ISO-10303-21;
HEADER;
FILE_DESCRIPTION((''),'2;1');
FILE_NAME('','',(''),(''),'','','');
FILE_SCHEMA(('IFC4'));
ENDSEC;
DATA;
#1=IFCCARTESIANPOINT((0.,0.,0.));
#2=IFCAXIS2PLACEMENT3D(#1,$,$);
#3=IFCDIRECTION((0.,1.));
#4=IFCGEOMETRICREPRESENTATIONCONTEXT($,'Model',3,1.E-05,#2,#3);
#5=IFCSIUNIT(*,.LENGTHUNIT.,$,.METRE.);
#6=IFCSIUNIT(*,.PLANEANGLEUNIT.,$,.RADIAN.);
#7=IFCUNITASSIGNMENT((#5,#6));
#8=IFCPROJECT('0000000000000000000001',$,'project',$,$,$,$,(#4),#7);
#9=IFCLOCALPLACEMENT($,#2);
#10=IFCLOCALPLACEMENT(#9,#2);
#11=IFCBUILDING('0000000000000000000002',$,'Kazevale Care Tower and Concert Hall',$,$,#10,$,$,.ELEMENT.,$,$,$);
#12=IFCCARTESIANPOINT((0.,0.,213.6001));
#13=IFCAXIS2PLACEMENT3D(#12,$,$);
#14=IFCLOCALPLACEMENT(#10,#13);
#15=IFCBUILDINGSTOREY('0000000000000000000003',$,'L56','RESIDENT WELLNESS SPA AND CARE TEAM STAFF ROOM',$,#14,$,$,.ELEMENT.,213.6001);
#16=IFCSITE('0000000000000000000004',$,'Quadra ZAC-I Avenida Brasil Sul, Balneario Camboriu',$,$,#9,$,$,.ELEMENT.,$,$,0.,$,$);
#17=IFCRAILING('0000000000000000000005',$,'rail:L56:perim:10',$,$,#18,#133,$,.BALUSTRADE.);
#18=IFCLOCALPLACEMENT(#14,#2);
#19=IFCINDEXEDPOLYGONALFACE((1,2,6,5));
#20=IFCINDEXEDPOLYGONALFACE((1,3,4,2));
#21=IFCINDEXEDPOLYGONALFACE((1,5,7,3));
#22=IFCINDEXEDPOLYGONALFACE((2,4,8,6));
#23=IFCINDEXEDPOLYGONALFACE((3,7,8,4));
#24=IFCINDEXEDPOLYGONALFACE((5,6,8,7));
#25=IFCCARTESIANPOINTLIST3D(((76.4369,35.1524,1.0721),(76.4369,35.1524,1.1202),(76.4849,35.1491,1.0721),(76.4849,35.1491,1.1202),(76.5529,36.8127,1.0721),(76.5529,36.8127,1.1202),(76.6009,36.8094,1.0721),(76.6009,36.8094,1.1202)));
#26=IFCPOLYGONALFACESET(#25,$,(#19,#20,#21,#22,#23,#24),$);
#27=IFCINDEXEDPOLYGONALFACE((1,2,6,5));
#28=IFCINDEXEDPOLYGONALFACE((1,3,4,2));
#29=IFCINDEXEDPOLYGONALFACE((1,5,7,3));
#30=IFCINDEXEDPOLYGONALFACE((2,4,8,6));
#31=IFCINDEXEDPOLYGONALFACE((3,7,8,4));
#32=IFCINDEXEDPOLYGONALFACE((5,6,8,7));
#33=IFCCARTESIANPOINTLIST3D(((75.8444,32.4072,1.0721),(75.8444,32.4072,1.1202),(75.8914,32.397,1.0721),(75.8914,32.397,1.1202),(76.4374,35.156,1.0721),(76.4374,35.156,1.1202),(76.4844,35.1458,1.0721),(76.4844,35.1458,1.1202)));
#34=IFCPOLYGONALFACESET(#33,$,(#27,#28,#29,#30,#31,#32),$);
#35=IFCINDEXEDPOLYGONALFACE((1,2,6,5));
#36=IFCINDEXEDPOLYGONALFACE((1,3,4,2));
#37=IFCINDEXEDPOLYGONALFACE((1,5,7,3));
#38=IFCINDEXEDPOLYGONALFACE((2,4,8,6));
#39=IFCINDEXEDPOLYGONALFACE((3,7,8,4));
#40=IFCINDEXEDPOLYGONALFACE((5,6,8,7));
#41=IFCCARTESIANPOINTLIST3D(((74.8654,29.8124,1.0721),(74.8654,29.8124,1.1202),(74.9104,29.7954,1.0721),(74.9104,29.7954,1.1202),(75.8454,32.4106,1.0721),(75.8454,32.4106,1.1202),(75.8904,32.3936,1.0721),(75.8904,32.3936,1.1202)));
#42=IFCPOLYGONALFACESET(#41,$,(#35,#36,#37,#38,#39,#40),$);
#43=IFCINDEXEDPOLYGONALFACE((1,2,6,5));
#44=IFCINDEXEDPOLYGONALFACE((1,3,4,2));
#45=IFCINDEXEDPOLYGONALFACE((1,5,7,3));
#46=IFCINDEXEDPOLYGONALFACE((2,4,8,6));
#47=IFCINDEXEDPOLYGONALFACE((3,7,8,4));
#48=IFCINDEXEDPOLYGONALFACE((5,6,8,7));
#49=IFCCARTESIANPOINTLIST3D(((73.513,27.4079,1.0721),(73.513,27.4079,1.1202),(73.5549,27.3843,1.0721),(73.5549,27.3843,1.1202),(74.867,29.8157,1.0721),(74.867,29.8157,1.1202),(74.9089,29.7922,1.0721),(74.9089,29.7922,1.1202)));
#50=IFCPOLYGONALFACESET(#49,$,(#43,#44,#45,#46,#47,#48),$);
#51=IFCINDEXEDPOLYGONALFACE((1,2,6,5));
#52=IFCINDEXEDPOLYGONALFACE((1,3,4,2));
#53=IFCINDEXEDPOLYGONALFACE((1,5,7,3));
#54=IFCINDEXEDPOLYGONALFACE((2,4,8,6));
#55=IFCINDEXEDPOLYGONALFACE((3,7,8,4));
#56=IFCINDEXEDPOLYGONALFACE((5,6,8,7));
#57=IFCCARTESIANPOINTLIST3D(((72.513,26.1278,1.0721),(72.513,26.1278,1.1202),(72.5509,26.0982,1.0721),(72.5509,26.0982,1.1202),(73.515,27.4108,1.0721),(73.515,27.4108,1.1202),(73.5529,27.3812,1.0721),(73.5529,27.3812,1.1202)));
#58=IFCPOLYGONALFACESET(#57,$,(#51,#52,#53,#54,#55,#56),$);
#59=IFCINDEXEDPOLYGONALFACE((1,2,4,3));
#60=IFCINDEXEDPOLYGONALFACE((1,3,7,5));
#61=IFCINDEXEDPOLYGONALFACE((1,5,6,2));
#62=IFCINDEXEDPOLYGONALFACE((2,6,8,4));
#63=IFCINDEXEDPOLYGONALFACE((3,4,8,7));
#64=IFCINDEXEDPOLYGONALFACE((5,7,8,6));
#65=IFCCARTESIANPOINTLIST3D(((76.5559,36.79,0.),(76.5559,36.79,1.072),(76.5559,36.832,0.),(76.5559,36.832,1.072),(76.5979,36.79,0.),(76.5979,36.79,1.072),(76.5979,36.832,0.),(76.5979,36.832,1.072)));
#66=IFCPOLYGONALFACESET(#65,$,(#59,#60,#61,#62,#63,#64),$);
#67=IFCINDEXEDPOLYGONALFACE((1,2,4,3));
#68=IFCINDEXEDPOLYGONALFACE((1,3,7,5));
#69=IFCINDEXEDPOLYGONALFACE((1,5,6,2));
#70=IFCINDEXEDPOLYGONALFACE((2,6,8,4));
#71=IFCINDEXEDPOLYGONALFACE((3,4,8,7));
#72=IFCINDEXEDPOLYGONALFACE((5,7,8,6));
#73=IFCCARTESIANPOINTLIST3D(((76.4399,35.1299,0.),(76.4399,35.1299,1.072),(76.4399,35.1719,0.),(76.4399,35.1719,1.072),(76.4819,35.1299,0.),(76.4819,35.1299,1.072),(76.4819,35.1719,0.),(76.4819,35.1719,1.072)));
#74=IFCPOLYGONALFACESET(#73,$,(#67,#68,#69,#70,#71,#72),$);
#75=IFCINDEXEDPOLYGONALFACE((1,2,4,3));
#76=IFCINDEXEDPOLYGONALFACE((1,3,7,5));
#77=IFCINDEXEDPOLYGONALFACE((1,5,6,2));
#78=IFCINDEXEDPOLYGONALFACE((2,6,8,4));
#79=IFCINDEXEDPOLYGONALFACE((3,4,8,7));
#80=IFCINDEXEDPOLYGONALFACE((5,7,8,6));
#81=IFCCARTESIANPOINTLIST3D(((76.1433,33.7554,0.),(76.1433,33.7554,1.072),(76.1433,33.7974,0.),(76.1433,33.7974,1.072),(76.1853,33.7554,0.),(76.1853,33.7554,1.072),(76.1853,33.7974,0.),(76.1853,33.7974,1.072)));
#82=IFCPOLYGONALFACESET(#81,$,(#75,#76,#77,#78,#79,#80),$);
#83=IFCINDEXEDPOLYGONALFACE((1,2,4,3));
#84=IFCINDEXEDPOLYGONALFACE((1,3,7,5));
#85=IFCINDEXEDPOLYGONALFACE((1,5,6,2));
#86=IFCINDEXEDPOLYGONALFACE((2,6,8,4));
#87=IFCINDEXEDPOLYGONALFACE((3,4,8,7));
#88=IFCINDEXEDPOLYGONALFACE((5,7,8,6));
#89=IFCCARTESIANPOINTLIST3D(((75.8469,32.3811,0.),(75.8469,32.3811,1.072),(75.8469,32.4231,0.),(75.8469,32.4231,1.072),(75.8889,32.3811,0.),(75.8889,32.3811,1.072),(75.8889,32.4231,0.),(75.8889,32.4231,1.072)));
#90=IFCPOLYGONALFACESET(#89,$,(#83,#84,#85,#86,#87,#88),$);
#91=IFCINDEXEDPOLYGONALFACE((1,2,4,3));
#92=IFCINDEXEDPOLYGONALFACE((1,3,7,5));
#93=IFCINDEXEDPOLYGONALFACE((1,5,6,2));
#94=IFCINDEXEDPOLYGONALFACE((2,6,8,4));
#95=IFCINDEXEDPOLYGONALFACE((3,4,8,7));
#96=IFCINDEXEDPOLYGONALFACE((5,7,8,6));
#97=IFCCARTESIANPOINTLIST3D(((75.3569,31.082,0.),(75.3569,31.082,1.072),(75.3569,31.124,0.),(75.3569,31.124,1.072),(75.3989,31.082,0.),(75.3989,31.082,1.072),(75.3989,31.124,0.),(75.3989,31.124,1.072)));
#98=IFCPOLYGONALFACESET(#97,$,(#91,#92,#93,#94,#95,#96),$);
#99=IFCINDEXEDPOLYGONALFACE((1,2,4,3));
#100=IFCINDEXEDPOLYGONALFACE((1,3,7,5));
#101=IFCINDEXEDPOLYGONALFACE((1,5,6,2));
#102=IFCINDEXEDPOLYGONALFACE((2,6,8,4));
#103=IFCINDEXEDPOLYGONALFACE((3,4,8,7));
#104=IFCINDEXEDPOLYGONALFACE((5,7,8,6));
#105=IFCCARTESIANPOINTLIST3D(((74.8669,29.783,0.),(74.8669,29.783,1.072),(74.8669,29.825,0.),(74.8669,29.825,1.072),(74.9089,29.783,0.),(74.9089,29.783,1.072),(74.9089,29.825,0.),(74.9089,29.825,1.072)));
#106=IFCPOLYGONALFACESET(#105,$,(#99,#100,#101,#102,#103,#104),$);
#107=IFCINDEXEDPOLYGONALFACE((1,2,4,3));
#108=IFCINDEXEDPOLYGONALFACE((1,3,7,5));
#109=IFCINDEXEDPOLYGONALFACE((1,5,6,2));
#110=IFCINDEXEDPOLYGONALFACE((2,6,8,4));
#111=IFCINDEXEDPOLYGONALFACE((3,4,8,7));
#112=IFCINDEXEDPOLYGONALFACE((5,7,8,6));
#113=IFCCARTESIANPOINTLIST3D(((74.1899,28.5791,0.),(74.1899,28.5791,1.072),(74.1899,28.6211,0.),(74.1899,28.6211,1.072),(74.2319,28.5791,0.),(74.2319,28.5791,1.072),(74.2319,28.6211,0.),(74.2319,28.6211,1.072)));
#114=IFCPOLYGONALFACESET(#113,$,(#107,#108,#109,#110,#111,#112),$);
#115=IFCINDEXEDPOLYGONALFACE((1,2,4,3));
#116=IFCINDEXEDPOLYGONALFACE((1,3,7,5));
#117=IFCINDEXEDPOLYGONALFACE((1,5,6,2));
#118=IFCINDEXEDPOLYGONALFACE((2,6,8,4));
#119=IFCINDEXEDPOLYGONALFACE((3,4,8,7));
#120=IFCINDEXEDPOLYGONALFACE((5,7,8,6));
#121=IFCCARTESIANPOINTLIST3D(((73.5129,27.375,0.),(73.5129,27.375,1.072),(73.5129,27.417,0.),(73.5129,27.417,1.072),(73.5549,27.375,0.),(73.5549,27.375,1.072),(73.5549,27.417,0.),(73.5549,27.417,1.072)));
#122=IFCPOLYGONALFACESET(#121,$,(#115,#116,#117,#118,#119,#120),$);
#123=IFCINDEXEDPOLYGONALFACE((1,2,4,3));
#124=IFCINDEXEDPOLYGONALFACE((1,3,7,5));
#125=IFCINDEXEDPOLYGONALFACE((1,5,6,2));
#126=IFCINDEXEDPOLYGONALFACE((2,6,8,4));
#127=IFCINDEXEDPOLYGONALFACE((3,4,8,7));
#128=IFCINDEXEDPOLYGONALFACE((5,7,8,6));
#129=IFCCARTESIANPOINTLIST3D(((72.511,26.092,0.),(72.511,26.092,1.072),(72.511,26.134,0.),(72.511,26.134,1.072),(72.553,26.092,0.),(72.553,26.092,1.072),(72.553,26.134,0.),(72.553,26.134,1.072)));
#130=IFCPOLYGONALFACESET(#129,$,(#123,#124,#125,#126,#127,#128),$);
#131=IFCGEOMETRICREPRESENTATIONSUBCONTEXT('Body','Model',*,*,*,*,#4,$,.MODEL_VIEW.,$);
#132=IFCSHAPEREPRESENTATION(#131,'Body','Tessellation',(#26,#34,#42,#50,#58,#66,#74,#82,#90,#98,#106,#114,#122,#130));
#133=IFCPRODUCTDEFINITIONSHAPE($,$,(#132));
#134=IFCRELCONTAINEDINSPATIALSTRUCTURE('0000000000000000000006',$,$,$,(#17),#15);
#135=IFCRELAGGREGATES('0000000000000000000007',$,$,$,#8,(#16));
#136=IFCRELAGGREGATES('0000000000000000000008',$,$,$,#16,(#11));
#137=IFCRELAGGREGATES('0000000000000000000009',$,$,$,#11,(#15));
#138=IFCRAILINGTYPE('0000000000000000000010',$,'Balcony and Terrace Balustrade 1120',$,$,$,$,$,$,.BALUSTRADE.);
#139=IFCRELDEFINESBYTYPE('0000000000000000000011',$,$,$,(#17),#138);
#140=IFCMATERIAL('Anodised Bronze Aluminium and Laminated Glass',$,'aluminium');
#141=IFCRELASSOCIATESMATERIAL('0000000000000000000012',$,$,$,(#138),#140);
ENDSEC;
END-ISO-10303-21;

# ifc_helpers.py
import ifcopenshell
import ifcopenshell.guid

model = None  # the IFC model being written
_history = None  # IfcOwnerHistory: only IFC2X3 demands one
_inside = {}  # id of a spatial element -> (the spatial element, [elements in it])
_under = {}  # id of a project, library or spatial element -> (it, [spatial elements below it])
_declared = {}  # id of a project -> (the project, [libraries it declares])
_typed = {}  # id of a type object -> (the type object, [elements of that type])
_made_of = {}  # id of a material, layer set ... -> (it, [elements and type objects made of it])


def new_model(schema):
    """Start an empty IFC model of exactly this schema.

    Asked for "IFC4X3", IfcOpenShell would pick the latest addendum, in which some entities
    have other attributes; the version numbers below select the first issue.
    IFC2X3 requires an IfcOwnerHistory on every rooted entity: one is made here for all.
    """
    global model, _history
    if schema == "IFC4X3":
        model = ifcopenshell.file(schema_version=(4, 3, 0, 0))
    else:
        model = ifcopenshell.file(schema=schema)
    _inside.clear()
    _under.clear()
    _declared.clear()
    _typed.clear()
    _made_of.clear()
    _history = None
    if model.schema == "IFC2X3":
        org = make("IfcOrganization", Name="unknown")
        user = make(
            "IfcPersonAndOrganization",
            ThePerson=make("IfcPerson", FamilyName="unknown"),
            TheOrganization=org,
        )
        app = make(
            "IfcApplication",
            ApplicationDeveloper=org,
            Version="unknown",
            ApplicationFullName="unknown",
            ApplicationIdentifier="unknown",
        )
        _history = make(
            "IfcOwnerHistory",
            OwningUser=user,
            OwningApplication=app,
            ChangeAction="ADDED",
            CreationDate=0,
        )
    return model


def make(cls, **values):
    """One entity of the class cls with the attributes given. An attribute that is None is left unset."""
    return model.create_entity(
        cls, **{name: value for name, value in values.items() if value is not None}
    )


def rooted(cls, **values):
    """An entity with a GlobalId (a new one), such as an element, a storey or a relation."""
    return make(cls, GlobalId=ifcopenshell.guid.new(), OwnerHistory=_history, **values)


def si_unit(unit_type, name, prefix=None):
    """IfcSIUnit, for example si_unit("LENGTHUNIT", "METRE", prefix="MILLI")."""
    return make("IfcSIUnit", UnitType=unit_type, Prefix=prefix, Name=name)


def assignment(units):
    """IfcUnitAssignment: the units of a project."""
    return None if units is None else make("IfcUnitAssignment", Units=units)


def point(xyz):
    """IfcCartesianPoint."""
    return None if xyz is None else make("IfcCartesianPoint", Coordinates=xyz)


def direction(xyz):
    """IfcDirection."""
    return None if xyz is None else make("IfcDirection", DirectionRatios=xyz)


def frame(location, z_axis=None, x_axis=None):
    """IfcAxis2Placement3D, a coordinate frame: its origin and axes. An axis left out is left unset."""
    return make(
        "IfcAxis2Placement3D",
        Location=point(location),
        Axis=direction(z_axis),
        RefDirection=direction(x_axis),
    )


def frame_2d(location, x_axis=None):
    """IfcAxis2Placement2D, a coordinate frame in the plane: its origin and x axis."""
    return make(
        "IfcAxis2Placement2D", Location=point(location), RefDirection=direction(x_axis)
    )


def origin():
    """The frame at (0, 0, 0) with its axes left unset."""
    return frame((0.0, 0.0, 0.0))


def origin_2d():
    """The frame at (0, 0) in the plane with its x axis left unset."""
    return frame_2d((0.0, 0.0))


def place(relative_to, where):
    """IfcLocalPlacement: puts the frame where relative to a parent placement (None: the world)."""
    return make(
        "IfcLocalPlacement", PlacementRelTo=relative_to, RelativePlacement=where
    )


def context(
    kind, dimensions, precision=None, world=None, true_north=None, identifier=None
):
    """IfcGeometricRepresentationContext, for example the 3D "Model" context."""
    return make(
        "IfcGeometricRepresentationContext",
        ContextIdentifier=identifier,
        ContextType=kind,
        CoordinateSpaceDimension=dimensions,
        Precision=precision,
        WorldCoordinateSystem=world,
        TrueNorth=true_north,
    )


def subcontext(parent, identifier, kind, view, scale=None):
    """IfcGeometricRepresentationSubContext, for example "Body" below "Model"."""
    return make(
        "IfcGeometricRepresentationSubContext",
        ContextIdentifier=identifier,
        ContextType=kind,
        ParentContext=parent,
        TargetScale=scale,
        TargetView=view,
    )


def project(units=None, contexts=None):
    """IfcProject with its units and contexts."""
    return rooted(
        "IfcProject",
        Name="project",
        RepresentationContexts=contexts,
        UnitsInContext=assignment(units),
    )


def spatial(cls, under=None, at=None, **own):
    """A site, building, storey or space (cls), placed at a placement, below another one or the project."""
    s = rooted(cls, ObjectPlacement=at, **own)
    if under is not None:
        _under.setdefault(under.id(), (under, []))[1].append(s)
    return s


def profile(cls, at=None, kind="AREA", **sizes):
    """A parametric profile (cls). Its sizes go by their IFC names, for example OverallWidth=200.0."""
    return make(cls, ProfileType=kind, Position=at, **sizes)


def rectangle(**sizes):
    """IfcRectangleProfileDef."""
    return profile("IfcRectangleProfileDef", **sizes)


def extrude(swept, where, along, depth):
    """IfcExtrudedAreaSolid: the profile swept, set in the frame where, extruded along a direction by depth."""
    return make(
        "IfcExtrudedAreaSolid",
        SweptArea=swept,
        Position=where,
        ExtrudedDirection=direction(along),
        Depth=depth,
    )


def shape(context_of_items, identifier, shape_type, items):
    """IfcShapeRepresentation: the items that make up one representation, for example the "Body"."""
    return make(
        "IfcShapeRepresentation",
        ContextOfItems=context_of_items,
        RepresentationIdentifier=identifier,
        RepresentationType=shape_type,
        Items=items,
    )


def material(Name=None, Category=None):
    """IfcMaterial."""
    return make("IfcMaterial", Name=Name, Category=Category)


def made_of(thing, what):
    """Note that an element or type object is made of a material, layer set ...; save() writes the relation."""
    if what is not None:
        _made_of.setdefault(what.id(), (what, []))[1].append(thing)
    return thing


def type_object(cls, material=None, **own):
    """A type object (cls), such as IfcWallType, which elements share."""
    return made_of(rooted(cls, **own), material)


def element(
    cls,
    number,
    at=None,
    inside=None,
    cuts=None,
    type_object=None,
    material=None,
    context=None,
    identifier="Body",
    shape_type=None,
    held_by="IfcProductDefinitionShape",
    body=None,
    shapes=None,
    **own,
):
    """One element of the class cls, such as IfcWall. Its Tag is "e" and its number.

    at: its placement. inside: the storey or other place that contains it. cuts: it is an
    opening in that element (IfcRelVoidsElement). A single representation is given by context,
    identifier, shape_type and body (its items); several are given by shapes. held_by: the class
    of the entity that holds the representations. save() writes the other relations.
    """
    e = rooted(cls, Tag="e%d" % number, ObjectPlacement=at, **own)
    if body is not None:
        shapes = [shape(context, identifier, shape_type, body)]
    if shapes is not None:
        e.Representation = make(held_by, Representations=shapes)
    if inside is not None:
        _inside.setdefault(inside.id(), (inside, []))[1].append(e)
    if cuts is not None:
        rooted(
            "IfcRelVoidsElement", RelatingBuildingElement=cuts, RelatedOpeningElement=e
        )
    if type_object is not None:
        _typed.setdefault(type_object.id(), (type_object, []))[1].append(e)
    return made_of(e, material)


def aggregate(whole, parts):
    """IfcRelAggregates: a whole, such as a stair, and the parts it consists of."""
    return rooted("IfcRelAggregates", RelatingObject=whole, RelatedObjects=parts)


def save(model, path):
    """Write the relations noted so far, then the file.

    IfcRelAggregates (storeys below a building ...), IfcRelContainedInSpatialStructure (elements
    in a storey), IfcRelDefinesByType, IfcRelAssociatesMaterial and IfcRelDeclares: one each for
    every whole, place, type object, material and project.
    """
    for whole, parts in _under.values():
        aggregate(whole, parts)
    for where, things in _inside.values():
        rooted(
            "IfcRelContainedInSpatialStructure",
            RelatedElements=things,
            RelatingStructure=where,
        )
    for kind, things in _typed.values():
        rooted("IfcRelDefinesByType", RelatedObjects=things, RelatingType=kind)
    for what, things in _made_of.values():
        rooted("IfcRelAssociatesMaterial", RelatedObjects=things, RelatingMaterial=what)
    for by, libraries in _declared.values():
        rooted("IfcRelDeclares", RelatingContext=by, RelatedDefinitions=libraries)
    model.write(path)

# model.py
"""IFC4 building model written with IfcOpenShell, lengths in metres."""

from ifc_helpers import new_model, si_unit, direction, frame, origin, origin_2d, place, context, subcontext, project, spatial, rectangle, extrude, material, type_object, element, save


model = new_model("IFC4")

# Units and contexts
model_context = context("Model", 3, precision=1e-05, world=origin(), true_north=direction((0.0, 1.0)))
body_context = subcontext(model_context, "Body", "Model", "MODEL_VIEW")
ifc_project = project(units=[si_unit("LENGTHUNIT", "METRE"), si_unit("PLANEANGLEUNIT", "RADIAN")], contexts=[model_context])

# Site, building, storey
site_placement = place(None, origin())
site = spatial("IfcSite", under=ifc_project, at=site_placement, Name="Quadra ZAC-I Avenida Brasil Sul, Balneario Camboriu", CompositionType="ELEMENT", RefElevation=0.0)
building_placement = place(site_placement, origin())
building = spatial("IfcBuilding", under=site, at=building_placement, Name="Kazevale Care Tower and Concert Hall", CompositionType="ELEMENT")
storey_placement = place(building_placement, frame((0.0, 0.0, 213.6001)))
storey = spatial("IfcBuildingStorey", under=building, at=storey_placement, Name="L56", Description="RESIDENT WELLNESS SPA AND CARE TEAM STAFF ROOM", CompositionType="ELEMENT", Elevation=213.6001)

# Railing
ifc_material_1 = material(Name="Anodised Bronze Aluminium and Laminated Glass", Category="aluminium")
railing_type = type_object("IfcRailingType", Name="Balcony and Terrace Balustrade 1120", PredefinedType="BALUSTRADE", material=ifc_material_1)
railing_placement = place(storey_placement, frame((76.5769, 36.811, 0.0)))
element("IfcRailing", 1, at=railing_placement, inside=storey, type_object=railing_type, Name="rail:L56:perim:10", PredefinedType="BALUSTRADE", context=body_context, shape_type="SweptSolid", body=[
    extrude(rectangle(XDim=0.0481, YDim=0.0481, at=origin_2d()), frame((0.0, 0.0, 1.0962), z_axis=(-0.069683, -0.997569, 0.0), x_axis=(0.997569, -0.069683, 0.0)), (0.0, 0.0, 1.0), 1.6643),
    extrude(rectangle(XDim=0.0481, YDim=0.0481, at=origin_2d()), frame((-0.116, -1.6602, 1.0962), z_axis=(-0.210887, -0.977511, 0.0), x_axis=(0.977511, -0.210887, 0.0)), (0.0, 0.0, 1.0), 2.812),
    extrude(rectangle(XDim=0.0481, YDim=0.0481, at=origin_2d()), frame((-0.709, -4.4089, 1.0962), z_axis=(-0.352915, -0.935655, 0.0), x_axis=(0.935655, -0.352915, 0.0)), (0.0, 0.0, 1.0), 2.7769),
    extrude(rectangle(XDim=0.0481, YDim=0.0481, at=origin_2d()), frame((-1.689, -7.0071, 1.0962), z_axis=(-0.490131, -0.871649, 0.0), x_axis=(0.871649, -0.490131, 0.0)), (0.0, 0.0, 1.0), 2.7625),
    extrude(rectangle(XDim=0.0481, YDim=0.0481, at=origin_2d()), frame((-3.043, -9.415, 1.0962), z_axis=(-0.615507, -0.788131, 0.0), x_axis=(0.788131, -0.615507, 0.0)), (0.0, 0.0, 1.0), 1.6279),
    extrude(rectangle(XDim=0.042, YDim=0.042, at=origin_2d()), origin(), (0.0, 0.0, 1.0), 1.072),
    extrude(rectangle(XDim=0.042, YDim=0.042, at=origin_2d()), frame((-0.116, -1.6602, 0.0)), (0.0, 0.0, 1.0), 1.072),
    extrude(rectangle(XDim=0.042, YDim=0.042, at=origin_2d()), frame((-0.4126, -3.0347, 0.0)), (0.0, 0.0, 1.0), 1.072),
    extrude(rectangle(XDim=0.042, YDim=0.042, at=origin_2d()), frame((-0.709, -4.4089, 0.0)), (0.0, 0.0, 1.0), 1.072),
    extrude(rectangle(XDim=0.042, YDim=0.042, at=origin_2d()), frame((-1.199, -5.708, 0.0)), (0.0, 0.0, 1.0), 1.072),
    extrude(rectangle(XDim=0.042, YDim=0.042, at=origin_2d()), frame((-1.689, -7.0071, 0.0)), (0.0, 0.0, 1.0), 1.072),
    extrude(rectangle(XDim=0.042, YDim=0.042, at=origin_2d()), frame((-2.366, -8.2109, 0.0)), (0.0, 0.0, 1.0), 1.072),
    extrude(rectangle(XDim=0.042, YDim=0.042, at=origin_2d()), frame((-3.043, -9.415, 0.0)), (0.0, 0.0, 1.0), 1.072),
    extrude(rectangle(XDim=0.042, YDim=0.042, at=origin_2d()), frame((-4.0449, -10.698, 0.0)), (0.0, 0.0, 1.0), 1.072),
])

save(model, "model.ifc")
